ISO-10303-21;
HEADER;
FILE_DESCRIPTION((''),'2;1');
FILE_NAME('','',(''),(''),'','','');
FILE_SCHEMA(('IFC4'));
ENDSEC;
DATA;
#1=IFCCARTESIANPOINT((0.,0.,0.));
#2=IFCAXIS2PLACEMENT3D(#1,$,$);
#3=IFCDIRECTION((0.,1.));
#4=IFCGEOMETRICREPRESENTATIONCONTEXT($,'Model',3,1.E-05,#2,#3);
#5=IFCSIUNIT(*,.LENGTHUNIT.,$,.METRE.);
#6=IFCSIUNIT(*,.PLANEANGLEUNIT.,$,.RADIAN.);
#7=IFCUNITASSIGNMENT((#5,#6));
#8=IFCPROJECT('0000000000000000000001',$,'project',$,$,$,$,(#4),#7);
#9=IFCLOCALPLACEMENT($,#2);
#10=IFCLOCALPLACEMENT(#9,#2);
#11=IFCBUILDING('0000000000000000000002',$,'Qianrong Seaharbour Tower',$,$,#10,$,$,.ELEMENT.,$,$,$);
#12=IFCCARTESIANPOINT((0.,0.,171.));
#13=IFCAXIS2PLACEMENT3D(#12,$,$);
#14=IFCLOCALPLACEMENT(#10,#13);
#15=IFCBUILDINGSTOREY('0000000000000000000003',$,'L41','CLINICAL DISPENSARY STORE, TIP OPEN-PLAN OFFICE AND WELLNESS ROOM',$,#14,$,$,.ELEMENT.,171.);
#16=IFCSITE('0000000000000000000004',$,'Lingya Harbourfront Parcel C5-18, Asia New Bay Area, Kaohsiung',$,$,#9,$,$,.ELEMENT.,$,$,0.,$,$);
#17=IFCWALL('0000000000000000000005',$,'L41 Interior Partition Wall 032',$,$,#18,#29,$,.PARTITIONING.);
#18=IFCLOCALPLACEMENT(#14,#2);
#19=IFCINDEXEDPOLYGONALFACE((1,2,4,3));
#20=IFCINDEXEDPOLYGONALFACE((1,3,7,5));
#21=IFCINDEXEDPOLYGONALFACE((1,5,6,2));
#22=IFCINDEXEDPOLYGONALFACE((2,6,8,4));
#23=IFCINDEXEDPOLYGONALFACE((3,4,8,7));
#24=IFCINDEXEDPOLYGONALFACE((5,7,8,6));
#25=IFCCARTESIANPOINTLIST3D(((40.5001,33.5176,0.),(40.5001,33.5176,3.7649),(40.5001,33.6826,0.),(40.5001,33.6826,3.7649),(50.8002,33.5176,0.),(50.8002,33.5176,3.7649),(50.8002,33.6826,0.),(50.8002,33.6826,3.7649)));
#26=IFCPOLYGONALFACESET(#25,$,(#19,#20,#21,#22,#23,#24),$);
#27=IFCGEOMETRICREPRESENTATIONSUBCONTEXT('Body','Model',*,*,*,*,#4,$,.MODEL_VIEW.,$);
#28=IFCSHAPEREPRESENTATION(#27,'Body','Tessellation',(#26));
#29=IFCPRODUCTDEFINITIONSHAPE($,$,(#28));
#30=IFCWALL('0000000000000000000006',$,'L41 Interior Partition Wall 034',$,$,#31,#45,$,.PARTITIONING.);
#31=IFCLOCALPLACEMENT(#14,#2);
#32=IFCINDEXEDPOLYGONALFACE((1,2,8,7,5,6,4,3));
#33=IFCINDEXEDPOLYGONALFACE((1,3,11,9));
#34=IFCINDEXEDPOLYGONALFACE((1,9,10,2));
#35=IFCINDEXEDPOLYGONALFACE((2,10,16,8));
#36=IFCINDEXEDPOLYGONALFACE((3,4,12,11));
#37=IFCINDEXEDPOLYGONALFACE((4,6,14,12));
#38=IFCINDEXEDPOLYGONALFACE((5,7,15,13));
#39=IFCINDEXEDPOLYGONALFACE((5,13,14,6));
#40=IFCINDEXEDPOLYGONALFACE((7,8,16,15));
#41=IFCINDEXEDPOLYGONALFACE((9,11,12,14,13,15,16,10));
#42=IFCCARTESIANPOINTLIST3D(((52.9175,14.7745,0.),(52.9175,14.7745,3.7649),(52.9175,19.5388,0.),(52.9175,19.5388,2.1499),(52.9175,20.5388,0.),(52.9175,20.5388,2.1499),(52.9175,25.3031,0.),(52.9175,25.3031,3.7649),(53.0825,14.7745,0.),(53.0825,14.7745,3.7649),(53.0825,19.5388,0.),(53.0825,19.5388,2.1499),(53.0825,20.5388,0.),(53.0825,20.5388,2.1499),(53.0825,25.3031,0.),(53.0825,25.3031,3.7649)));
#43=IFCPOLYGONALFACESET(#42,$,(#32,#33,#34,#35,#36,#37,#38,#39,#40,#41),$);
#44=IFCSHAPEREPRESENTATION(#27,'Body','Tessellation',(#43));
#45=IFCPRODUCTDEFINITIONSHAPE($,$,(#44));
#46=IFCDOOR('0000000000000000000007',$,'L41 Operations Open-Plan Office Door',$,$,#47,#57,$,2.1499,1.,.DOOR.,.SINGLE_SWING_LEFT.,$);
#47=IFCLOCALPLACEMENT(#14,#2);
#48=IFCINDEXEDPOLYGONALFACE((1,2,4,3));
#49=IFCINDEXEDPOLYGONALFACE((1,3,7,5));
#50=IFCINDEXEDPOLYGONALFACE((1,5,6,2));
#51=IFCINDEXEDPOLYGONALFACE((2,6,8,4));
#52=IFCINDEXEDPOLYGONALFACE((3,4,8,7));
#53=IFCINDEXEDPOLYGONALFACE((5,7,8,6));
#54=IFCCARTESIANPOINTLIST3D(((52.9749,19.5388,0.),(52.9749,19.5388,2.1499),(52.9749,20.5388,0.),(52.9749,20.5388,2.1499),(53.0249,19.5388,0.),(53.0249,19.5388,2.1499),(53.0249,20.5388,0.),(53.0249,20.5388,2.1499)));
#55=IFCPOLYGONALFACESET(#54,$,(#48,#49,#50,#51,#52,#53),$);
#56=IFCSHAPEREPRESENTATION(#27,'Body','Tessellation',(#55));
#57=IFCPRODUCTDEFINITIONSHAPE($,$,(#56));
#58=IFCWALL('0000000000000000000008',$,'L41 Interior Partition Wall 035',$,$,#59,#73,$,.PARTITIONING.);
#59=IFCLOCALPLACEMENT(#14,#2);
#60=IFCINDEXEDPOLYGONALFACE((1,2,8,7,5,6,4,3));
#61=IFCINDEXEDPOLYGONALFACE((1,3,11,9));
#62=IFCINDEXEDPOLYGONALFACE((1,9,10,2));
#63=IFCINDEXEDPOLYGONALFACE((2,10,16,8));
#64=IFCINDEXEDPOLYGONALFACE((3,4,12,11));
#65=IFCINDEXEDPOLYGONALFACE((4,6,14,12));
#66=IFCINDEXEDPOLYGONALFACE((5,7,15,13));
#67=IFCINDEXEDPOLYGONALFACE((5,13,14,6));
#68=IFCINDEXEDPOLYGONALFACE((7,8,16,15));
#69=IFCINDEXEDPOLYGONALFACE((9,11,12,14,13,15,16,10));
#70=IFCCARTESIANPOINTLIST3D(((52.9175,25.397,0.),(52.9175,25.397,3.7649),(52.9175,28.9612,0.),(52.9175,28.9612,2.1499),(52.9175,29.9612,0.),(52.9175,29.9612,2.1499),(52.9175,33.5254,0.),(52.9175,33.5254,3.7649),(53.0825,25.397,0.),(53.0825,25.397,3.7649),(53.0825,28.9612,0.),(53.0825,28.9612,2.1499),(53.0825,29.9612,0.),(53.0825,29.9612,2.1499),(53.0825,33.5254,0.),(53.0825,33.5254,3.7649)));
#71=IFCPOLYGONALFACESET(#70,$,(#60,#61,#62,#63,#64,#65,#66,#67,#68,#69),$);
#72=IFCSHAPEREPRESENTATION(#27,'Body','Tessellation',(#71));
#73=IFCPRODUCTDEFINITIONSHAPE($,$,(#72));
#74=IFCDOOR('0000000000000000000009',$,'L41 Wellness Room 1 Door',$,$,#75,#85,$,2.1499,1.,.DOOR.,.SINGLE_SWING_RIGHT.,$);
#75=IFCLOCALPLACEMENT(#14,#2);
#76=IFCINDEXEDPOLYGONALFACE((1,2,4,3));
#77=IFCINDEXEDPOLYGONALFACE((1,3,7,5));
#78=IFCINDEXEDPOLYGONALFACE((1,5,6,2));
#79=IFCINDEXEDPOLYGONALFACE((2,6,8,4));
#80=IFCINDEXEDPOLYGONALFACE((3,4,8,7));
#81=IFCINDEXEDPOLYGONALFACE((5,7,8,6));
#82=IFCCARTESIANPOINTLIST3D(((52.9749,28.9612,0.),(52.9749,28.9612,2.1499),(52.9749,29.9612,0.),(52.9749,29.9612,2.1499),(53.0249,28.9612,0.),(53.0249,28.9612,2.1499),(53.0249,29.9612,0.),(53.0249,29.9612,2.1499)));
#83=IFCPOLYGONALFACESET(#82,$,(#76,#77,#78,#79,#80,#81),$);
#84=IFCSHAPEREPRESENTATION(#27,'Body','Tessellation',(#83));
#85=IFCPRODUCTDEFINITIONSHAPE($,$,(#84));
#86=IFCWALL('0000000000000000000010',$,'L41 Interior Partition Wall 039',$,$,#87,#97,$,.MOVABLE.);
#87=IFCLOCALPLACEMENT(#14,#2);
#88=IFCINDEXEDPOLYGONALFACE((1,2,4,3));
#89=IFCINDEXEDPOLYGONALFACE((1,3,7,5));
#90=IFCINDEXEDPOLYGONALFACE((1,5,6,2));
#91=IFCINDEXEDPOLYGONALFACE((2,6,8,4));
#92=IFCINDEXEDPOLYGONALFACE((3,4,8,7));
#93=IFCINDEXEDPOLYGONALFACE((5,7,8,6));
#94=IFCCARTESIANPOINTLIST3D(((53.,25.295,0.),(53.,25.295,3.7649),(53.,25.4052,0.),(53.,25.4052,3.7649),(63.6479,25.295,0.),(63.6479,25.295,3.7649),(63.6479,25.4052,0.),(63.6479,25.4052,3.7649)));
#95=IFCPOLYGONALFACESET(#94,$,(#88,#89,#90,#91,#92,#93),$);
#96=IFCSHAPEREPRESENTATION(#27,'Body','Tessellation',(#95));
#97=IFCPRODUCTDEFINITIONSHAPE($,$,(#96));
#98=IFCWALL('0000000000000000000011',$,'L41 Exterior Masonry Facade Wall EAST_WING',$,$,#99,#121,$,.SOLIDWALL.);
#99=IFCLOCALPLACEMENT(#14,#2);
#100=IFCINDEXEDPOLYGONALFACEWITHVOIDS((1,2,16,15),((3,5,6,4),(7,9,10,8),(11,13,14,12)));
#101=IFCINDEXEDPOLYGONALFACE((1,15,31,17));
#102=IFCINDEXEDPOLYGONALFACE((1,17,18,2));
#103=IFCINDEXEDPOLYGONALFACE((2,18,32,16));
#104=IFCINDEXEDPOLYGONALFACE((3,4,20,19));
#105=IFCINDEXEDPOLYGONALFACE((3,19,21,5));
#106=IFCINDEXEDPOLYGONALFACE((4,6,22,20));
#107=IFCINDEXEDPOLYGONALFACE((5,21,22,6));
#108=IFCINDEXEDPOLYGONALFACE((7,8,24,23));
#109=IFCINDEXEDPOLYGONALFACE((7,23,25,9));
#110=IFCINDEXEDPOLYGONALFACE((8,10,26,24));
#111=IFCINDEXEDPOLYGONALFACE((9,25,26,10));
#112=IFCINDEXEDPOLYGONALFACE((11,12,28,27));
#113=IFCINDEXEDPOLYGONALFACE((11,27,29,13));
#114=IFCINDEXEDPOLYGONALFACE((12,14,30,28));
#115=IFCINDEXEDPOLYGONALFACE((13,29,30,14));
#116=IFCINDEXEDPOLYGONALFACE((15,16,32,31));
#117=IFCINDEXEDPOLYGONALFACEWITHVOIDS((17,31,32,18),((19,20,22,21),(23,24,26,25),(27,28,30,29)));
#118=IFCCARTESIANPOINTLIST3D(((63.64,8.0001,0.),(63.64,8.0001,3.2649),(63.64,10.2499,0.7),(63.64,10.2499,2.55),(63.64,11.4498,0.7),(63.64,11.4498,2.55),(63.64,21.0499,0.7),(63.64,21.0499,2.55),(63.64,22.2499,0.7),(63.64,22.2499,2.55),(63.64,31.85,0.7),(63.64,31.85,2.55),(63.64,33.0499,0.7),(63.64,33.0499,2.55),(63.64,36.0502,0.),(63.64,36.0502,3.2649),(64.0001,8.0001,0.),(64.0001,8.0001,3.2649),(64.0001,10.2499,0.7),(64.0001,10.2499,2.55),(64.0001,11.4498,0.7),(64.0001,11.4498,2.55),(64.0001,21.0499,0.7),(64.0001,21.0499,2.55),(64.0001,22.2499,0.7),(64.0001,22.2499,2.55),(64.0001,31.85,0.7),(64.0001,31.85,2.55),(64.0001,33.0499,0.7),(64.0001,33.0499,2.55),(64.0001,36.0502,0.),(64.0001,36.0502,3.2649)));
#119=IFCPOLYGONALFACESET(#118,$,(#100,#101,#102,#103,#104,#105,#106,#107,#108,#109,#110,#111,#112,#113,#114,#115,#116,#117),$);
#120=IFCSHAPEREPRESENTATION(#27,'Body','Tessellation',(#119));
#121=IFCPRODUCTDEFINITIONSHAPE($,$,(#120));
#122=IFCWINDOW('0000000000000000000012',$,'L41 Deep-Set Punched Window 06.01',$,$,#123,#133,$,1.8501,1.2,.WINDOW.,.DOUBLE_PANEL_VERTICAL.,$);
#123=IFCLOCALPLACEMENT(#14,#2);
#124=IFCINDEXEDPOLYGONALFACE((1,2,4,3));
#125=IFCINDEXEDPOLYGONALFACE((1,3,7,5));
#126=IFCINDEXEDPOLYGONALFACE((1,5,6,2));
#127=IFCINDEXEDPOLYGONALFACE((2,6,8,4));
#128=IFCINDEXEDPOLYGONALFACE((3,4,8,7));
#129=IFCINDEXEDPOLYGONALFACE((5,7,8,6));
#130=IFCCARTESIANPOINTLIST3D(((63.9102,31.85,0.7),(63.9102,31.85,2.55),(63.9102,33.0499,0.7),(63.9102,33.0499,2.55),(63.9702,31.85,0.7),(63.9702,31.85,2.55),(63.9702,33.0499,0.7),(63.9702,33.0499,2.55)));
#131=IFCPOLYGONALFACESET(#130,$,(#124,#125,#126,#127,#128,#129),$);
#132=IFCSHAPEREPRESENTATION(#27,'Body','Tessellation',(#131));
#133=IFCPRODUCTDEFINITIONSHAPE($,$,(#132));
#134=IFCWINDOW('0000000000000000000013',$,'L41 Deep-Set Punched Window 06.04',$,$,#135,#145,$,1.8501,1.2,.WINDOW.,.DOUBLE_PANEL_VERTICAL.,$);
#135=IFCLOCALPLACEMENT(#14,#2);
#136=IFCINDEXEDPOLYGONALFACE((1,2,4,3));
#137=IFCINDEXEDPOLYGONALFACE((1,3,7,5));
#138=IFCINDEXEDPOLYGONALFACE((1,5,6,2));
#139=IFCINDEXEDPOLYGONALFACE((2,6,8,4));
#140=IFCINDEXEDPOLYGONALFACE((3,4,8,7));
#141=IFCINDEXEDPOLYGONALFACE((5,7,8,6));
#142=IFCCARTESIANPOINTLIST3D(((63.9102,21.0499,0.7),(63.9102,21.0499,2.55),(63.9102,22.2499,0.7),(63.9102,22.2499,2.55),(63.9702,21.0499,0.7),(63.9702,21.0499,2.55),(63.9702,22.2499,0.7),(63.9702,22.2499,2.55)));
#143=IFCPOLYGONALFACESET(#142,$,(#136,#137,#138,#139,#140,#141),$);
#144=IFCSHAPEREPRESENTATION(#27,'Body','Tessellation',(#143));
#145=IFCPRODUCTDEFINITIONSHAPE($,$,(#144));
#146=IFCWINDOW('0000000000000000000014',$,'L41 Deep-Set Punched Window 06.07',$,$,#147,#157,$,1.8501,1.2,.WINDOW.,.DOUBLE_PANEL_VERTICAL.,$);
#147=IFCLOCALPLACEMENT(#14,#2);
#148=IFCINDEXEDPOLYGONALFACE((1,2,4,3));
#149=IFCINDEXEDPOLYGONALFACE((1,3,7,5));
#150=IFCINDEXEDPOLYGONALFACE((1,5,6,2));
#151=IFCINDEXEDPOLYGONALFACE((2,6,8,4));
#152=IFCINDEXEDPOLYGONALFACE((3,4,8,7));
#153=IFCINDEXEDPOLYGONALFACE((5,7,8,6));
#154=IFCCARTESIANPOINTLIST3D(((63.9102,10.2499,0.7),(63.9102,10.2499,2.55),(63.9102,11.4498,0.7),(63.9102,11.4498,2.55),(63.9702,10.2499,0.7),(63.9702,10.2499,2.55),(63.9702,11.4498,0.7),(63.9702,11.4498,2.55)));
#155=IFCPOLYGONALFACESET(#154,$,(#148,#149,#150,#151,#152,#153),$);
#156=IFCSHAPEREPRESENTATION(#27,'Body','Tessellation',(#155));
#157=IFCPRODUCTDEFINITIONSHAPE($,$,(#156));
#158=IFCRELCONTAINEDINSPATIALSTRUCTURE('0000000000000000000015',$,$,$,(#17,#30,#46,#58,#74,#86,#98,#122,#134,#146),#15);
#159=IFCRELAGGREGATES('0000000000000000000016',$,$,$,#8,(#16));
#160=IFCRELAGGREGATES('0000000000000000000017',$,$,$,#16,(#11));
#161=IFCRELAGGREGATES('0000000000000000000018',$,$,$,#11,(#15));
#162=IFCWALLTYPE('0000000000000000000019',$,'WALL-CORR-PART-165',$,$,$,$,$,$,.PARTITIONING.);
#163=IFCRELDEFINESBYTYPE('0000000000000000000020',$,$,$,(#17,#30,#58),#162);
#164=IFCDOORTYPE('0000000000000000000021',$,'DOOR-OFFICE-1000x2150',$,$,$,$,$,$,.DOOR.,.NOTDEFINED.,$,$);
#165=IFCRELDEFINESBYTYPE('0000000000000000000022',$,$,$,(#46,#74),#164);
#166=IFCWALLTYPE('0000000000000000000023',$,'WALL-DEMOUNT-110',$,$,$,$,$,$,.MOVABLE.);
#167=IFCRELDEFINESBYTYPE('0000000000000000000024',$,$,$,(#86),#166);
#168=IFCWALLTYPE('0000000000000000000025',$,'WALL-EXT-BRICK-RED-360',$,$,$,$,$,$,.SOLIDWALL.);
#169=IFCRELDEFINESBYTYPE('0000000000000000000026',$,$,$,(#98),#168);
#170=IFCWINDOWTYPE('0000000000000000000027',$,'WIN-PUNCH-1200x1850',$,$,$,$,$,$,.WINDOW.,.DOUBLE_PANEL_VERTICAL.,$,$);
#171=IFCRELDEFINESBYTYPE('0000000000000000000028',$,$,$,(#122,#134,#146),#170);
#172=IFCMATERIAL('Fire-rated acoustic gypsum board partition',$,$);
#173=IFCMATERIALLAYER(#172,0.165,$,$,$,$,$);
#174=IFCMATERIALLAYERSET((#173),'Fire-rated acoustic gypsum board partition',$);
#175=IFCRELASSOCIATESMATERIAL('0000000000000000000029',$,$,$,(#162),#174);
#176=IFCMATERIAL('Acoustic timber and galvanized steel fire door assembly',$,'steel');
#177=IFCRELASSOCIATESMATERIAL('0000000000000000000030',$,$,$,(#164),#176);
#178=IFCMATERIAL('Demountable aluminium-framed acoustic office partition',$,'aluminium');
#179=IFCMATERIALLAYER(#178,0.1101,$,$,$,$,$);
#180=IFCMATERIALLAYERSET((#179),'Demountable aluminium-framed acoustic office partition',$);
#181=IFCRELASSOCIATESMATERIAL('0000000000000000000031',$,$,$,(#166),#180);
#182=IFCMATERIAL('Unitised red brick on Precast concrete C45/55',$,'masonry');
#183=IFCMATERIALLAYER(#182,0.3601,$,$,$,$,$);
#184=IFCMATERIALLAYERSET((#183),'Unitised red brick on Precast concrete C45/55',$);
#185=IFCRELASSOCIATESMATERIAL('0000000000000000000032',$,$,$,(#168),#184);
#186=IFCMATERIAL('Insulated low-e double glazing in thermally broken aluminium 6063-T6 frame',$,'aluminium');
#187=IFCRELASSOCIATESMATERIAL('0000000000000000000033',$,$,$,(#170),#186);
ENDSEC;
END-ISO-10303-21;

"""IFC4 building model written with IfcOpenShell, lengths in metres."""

from ifc_helpers import new_model, si_unit, direction, frame, frame_2d, origin, place, context, subcontext, project, spatial, rectangle, extrude, material, layer, layer_set, type_object, element, fill, save


model = new_model("IFC4")

# Units and contexts
model_context = context("Model", 3, precision=1e-05, world=origin(), true_north=direction((0.0, 1.0)))
body_context = subcontext(model_context, "Body", "Model", "MODEL_VIEW")
ifc_project = project(units=[si_unit("LENGTHUNIT", "METRE"), si_unit("PLANEANGLEUNIT", "RADIAN")], contexts=[model_context])

# Site, building, storey
site_placement = place(None, origin())
site = spatial("IfcSite", under=ifc_project, at=site_placement, Name="Lingya Harbourfront Parcel C5-18, Asia New Bay Area, Kaohsiung", CompositionType="ELEMENT", RefElevation=0.0)
building_placement = place(site_placement, origin())
building = spatial("IfcBuilding", under=site, at=building_placement, Name="Qianrong Seaharbour Tower", CompositionType="ELEMENT")
storey_placement = place(building_placement, frame((0.0, 0.0, 171.0)))
storey = spatial("IfcBuildingStorey", under=building, at=storey_placement, Name="L41", Description="CLINICAL DISPENSARY STORE, TIP OPEN-PLAN OFFICE AND WELLNESS ROOM", CompositionType="ELEMENT", Elevation=171.0)

# Wall
ifc_material_1 = material(Name="Fire-rated acoustic gypsum board partition")
ifc_layer_1 = layer(ifc_material_1, 0.165)
ifc_layer_set_1 = layer_set([ifc_layer_1], Name="Fire-rated acoustic gypsum board partition")
wall_type_1 = type_object("IfcWallType", Name="WALL-CORR-PART-165", PredefinedType="PARTITIONING", material=ifc_layer_set_1)
wall_1_placement = place(storey_placement, frame((50.8, 33.6001, 0.0), z_axis=(0.0, 0.0, 1.0), x_axis=(-1.0, 0.0, 0.0)))
element("IfcWall", 1, at=wall_1_placement, inside=storey, type_object=wall_type_1, Name="L41 Interior Partition Wall 032", PredefinedType="PARTITIONING", context=body_context, shape_type="SweptSolid", body=[
    extrude(rectangle(XDim=10.3, YDim=0.165, at=frame_2d((5.1499, 0.0))), origin(), (0.0, 0.0, 1.0), 3.7649),
])

# Walls, openings, doors
wall_2_placement = place(storey_placement, frame((53.0, 25.303, 0.0), z_axis=(0.0, 0.0, 1.0), x_axis=(0.0, -1.0, 0.0)))
wall_2 = element("IfcWall", 2, at=wall_2_placement, inside=storey, type_object=wall_type_1, Name="L41 Interior Partition Wall 034", PredefinedType="PARTITIONING", context=body_context, shape_type="SweptSolid", body=[
    extrude(rectangle(XDim=10.5286, YDim=0.165, at=frame_2d((5.2642, 0.0))), origin(), (0.0, 0.0, 1.0), 3.7649),
])
opening_1_placement = place(wall_2_placement, frame((4.7642, 0.0, 0.0)))
opening_1 = element("IfcOpeningElement", 3, at=opening_1_placement, cuts=wall_2, PredefinedType="OPENING", context=body_context, shape_type="SweptSolid", body=[
    extrude(rectangle(XDim=1.0, YDim=2.1499, at=frame_2d((0.5, 1.075))), frame((0.0, 0.0925, 0.0), z_axis=(0.0, -1.0, 0.0), x_axis=(1.0, 0.0, 0.0)), (0.0, 0.0, 1.0), 0.1851),
])
ifc_material_2 = material(Name="Acoustic timber and galvanized steel fire door assembly", Category="steel")
door_type = type_object("IfcDoorType", Name="DOOR-OFFICE-1000x2150", OperationType="NOTDEFINED", PredefinedType="DOOR", material=ifc_material_2)
door_1_placement = place(opening_1_placement, origin())
door_1 = element("IfcDoor", 4, at=door_1_placement, inside=storey, type_object=door_type, Name="L41 Operations Open-Plan Office Door", OperationType="SINGLE_SWING_LEFT", OverallHeight=2.1499, OverallWidth=1.0, PredefinedType="DOOR", context=body_context, shape_type="SweptSolid", body=[
    extrude(rectangle(XDim=1.0, YDim=2.1499, at=frame_2d((0.5, 1.075))), frame((0.0, 0.0249, 0.0), z_axis=(0.0, -1.0, 0.0), x_axis=(1.0, 0.0, 0.0)), (0.0, 0.0, 1.0), 0.05),
])
fill(opening_1, door_1)
wall_3_placement = place(storey_placement, frame((53.0, 33.5254, 0.0), z_axis=(0.0, 0.0, 1.0), x_axis=(0.0, -1.0, 0.0)))
wall_3 = element("IfcWall", 5, at=wall_3_placement, inside=storey, type_object=wall_type_1, Name="L41 Interior Partition Wall 035", PredefinedType="PARTITIONING", context=body_context, shape_type="SweptSolid", body=[
    extrude(rectangle(XDim=8.1284, YDim=0.165, at=frame_2d((4.0642, 0.0))), origin(), (0.0, 0.0, 1.0), 3.7649),
])
opening_2_placement = place(wall_3_placement, frame((3.5642, 0.0, 0.0)))
opening_2 = element("IfcOpeningElement", 6, at=opening_2_placement, cuts=wall_3, PredefinedType="OPENING", context=body_context, shape_type="SweptSolid", body=[
    extrude(rectangle(XDim=1.0, YDim=2.1499, at=frame_2d((0.5, 1.075))), frame((0.0, 0.0925, 0.0), z_axis=(0.0, -1.0, 0.0), x_axis=(1.0, 0.0, 0.0)), (0.0, 0.0, 1.0), 0.1851),
])
door_2_placement = place(opening_2_placement, origin())
door_2 = element("IfcDoor", 7, at=door_2_placement, inside=storey, type_object=door_type, Name="L41 Wellness Room 1 Door", OperationType="SINGLE_SWING_RIGHT", OverallHeight=2.1499, OverallWidth=1.0, PredefinedType="DOOR", context=body_context, shape_type="SweptSolid", body=[
    extrude(rectangle(XDim=1.0, YDim=2.1499, at=frame_2d((0.5, 1.075))), frame((0.0, 0.0249, 0.0), z_axis=(0.0, -1.0, 0.0), x_axis=(1.0, 0.0, 0.0)), (0.0, 0.0, 1.0), 0.05),
])
fill(opening_2, door_2)

# Wall
ifc_material_3 = material(Name="Demountable aluminium-framed acoustic office partition", Category="aluminium")
ifc_layer_2 = layer(ifc_material_3, 0.1101)
ifc_layer_set_2 = layer_set([ifc_layer_2], Name="Demountable aluminium-framed acoustic office partition")
wall_type_2 = type_object("IfcWallType", Name="WALL-DEMOUNT-110", PredefinedType="MOVABLE", material=ifc_layer_set_2)
wall_4_placement = place(storey_placement, frame((53.0, 25.3501, 0.0), z_axis=(0.0, 0.0, 1.0), x_axis=(1.0, 0.0, 0.0)))
element("IfcWall", 8, at=wall_4_placement, inside=storey, type_object=wall_type_2, Name="L41 Interior Partition Wall 039", PredefinedType="MOVABLE", context=body_context, shape_type="SweptSolid", body=[
    extrude(rectangle(XDim=10.6479, YDim=0.1101, at=frame_2d((5.324, 0.0))), origin(), (0.0, 0.0, 1.0), 3.7649),
])

# Wall, openings, windows
ifc_material_4 = material(Name="Unitised red brick on Precast concrete C45/55", Category="masonry")
ifc_layer_3 = layer(ifc_material_4, 0.3601)
ifc_layer_set_3 = layer_set([ifc_layer_3], Name="Unitised red brick on Precast concrete C45/55")
wall_type_3 = type_object("IfcWallType", Name="WALL-EXT-BRICK-RED-360", PredefinedType="SOLIDWALL", material=ifc_layer_set_3)
wall_5_placement = place(storey_placement, frame((63.8201, 36.05, 0.0), z_axis=(0.0, 0.0, 1.0), x_axis=(0.0, -1.0, 0.0)))
wall_5 = element("IfcWall", 9, at=wall_5_placement, inside=storey, type_object=wall_type_3, Name="L41 Exterior Masonry Facade Wall EAST_WING", PredefinedType="SOLIDWALL", context=body_context, shape_type="SweptSolid", body=[
    extrude(rectangle(XDim=28.05, YDim=0.3601, at=frame_2d((14.0249, 0.0))), origin(), (0.0, 0.0, 1.0), 3.2649),
])
opening_3_placement = place(wall_5_placement, frame((3.0, 0.0, 0.7)))
opening_3 = element("IfcOpeningElement", 10, at=opening_3_placement, cuts=wall_5, PredefinedType="OPENING", context=body_context, shape_type="SweptSolid", body=[
    extrude(rectangle(XDim=1.2, YDim=1.8501, at=frame_2d((0.6001, 0.925))), frame((0.0, 0.1899, 0.0), z_axis=(0.0, -1.0, 0.0), x_axis=(1.0, 0.0, 0.0)), (0.0, 0.0, 1.0), 0.3801),
])
opening_4_placement = place(wall_5_placement, frame((13.8, 0.0, 0.7)))
opening_4 = element("IfcOpeningElement", 11, at=opening_4_placement, cuts=wall_5, PredefinedType="OPENING", context=body_context, shape_type="SweptSolid", body=[
    extrude(rectangle(XDim=1.2, YDim=1.8501, at=frame_2d((0.6001, 0.925))), frame((0.0, 0.1899, 0.0), z_axis=(0.0, -1.0, 0.0), x_axis=(1.0, 0.0, 0.0)), (0.0, 0.0, 1.0), 0.3801),
])
opening_5_placement = place(wall_5_placement, frame((24.6001, 0.0, 0.7)))
opening_5 = element("IfcOpeningElement", 12, at=opening_5_placement, cuts=wall_5, PredefinedType="OPENING", context=body_context, shape_type="SweptSolid", body=[
    extrude(rectangle(XDim=1.2, YDim=1.8501, at=frame_2d((0.6001, 0.925))), frame((0.0, 0.1899, 0.0), z_axis=(0.0, -1.0, 0.0), x_axis=(1.0, 0.0, 0.0)), (0.0, 0.0, 1.0), 0.3801),
])
ifc_material_5 = material(Name="Insulated low-e double glazing in thermally broken aluminium 6063-T6 frame", Category="aluminium")
window_type = type_object("IfcWindowType", Name="WIN-PUNCH-1200x1850", PartitioningType="DOUBLE_PANEL_VERTICAL", PredefinedType="WINDOW", material=ifc_material_5)
window_1_placement = place(opening_3_placement, origin())
window_1 = element("IfcWindow", 13, at=window_1_placement, inside=storey, type_object=window_type, Name="L41 Deep-Set Punched Window 06.01", OverallHeight=1.8501, OverallWidth=1.2, PartitioningType="DOUBLE_PANEL_VERTICAL", PredefinedType="WINDOW", context=body_context, shape_type="SweptSolid", body=[
    extrude(rectangle(XDim=1.2, YDim=1.8501, at=frame_2d((0.6001, 0.925))), frame((0.0, 0.1501, 0.0), z_axis=(0.0, -1.0, 0.0), x_axis=(1.0, 0.0, 0.0)), (0.0, 0.0, 1.0), 0.0601),
])
fill(opening_3, window_1)
window_2_placement = place(opening_4_placement, origin())
window_2 = element("IfcWindow", 14, at=window_2_placement, inside=storey, type_object=window_type, Name="L41 Deep-Set Punched Window 06.04", OverallHeight=1.8501, OverallWidth=1.2, PartitioningType="DOUBLE_PANEL_VERTICAL", PredefinedType="WINDOW", context=body_context, shape_type="SweptSolid", body=[
    extrude(rectangle(XDim=1.2, YDim=1.8501, at=frame_2d((0.6001, 0.925))), frame((0.0, 0.1501, 0.0), z_axis=(0.0, -1.0, 0.0), x_axis=(1.0, 0.0, 0.0)), (0.0, 0.0, 1.0), 0.0601),
])
fill(opening_4, window_2)
window_3_placement = place(opening_5_placement, origin())
window_3 = element("IfcWindow", 15, at=window_3_placement, inside=storey, type_object=window_type, Name="L41 Deep-Set Punched Window 06.07", OverallHeight=1.8501, OverallWidth=1.2, PartitioningType="DOUBLE_PANEL_VERTICAL", PredefinedType="WINDOW", context=body_context, shape_type="SweptSolid", body=[
    extrude(rectangle(XDim=1.2, YDim=1.8501, at=frame_2d((0.6001, 0.925))), frame((0.0, 0.1501, 0.0), z_axis=(0.0, -1.0, 0.0), x_axis=(1.0, 0.0, 0.0)), (0.0, 0.0, 1.0), 0.0601),
])
fill(opening_5, window_3)

save(model, "model.ifc")
